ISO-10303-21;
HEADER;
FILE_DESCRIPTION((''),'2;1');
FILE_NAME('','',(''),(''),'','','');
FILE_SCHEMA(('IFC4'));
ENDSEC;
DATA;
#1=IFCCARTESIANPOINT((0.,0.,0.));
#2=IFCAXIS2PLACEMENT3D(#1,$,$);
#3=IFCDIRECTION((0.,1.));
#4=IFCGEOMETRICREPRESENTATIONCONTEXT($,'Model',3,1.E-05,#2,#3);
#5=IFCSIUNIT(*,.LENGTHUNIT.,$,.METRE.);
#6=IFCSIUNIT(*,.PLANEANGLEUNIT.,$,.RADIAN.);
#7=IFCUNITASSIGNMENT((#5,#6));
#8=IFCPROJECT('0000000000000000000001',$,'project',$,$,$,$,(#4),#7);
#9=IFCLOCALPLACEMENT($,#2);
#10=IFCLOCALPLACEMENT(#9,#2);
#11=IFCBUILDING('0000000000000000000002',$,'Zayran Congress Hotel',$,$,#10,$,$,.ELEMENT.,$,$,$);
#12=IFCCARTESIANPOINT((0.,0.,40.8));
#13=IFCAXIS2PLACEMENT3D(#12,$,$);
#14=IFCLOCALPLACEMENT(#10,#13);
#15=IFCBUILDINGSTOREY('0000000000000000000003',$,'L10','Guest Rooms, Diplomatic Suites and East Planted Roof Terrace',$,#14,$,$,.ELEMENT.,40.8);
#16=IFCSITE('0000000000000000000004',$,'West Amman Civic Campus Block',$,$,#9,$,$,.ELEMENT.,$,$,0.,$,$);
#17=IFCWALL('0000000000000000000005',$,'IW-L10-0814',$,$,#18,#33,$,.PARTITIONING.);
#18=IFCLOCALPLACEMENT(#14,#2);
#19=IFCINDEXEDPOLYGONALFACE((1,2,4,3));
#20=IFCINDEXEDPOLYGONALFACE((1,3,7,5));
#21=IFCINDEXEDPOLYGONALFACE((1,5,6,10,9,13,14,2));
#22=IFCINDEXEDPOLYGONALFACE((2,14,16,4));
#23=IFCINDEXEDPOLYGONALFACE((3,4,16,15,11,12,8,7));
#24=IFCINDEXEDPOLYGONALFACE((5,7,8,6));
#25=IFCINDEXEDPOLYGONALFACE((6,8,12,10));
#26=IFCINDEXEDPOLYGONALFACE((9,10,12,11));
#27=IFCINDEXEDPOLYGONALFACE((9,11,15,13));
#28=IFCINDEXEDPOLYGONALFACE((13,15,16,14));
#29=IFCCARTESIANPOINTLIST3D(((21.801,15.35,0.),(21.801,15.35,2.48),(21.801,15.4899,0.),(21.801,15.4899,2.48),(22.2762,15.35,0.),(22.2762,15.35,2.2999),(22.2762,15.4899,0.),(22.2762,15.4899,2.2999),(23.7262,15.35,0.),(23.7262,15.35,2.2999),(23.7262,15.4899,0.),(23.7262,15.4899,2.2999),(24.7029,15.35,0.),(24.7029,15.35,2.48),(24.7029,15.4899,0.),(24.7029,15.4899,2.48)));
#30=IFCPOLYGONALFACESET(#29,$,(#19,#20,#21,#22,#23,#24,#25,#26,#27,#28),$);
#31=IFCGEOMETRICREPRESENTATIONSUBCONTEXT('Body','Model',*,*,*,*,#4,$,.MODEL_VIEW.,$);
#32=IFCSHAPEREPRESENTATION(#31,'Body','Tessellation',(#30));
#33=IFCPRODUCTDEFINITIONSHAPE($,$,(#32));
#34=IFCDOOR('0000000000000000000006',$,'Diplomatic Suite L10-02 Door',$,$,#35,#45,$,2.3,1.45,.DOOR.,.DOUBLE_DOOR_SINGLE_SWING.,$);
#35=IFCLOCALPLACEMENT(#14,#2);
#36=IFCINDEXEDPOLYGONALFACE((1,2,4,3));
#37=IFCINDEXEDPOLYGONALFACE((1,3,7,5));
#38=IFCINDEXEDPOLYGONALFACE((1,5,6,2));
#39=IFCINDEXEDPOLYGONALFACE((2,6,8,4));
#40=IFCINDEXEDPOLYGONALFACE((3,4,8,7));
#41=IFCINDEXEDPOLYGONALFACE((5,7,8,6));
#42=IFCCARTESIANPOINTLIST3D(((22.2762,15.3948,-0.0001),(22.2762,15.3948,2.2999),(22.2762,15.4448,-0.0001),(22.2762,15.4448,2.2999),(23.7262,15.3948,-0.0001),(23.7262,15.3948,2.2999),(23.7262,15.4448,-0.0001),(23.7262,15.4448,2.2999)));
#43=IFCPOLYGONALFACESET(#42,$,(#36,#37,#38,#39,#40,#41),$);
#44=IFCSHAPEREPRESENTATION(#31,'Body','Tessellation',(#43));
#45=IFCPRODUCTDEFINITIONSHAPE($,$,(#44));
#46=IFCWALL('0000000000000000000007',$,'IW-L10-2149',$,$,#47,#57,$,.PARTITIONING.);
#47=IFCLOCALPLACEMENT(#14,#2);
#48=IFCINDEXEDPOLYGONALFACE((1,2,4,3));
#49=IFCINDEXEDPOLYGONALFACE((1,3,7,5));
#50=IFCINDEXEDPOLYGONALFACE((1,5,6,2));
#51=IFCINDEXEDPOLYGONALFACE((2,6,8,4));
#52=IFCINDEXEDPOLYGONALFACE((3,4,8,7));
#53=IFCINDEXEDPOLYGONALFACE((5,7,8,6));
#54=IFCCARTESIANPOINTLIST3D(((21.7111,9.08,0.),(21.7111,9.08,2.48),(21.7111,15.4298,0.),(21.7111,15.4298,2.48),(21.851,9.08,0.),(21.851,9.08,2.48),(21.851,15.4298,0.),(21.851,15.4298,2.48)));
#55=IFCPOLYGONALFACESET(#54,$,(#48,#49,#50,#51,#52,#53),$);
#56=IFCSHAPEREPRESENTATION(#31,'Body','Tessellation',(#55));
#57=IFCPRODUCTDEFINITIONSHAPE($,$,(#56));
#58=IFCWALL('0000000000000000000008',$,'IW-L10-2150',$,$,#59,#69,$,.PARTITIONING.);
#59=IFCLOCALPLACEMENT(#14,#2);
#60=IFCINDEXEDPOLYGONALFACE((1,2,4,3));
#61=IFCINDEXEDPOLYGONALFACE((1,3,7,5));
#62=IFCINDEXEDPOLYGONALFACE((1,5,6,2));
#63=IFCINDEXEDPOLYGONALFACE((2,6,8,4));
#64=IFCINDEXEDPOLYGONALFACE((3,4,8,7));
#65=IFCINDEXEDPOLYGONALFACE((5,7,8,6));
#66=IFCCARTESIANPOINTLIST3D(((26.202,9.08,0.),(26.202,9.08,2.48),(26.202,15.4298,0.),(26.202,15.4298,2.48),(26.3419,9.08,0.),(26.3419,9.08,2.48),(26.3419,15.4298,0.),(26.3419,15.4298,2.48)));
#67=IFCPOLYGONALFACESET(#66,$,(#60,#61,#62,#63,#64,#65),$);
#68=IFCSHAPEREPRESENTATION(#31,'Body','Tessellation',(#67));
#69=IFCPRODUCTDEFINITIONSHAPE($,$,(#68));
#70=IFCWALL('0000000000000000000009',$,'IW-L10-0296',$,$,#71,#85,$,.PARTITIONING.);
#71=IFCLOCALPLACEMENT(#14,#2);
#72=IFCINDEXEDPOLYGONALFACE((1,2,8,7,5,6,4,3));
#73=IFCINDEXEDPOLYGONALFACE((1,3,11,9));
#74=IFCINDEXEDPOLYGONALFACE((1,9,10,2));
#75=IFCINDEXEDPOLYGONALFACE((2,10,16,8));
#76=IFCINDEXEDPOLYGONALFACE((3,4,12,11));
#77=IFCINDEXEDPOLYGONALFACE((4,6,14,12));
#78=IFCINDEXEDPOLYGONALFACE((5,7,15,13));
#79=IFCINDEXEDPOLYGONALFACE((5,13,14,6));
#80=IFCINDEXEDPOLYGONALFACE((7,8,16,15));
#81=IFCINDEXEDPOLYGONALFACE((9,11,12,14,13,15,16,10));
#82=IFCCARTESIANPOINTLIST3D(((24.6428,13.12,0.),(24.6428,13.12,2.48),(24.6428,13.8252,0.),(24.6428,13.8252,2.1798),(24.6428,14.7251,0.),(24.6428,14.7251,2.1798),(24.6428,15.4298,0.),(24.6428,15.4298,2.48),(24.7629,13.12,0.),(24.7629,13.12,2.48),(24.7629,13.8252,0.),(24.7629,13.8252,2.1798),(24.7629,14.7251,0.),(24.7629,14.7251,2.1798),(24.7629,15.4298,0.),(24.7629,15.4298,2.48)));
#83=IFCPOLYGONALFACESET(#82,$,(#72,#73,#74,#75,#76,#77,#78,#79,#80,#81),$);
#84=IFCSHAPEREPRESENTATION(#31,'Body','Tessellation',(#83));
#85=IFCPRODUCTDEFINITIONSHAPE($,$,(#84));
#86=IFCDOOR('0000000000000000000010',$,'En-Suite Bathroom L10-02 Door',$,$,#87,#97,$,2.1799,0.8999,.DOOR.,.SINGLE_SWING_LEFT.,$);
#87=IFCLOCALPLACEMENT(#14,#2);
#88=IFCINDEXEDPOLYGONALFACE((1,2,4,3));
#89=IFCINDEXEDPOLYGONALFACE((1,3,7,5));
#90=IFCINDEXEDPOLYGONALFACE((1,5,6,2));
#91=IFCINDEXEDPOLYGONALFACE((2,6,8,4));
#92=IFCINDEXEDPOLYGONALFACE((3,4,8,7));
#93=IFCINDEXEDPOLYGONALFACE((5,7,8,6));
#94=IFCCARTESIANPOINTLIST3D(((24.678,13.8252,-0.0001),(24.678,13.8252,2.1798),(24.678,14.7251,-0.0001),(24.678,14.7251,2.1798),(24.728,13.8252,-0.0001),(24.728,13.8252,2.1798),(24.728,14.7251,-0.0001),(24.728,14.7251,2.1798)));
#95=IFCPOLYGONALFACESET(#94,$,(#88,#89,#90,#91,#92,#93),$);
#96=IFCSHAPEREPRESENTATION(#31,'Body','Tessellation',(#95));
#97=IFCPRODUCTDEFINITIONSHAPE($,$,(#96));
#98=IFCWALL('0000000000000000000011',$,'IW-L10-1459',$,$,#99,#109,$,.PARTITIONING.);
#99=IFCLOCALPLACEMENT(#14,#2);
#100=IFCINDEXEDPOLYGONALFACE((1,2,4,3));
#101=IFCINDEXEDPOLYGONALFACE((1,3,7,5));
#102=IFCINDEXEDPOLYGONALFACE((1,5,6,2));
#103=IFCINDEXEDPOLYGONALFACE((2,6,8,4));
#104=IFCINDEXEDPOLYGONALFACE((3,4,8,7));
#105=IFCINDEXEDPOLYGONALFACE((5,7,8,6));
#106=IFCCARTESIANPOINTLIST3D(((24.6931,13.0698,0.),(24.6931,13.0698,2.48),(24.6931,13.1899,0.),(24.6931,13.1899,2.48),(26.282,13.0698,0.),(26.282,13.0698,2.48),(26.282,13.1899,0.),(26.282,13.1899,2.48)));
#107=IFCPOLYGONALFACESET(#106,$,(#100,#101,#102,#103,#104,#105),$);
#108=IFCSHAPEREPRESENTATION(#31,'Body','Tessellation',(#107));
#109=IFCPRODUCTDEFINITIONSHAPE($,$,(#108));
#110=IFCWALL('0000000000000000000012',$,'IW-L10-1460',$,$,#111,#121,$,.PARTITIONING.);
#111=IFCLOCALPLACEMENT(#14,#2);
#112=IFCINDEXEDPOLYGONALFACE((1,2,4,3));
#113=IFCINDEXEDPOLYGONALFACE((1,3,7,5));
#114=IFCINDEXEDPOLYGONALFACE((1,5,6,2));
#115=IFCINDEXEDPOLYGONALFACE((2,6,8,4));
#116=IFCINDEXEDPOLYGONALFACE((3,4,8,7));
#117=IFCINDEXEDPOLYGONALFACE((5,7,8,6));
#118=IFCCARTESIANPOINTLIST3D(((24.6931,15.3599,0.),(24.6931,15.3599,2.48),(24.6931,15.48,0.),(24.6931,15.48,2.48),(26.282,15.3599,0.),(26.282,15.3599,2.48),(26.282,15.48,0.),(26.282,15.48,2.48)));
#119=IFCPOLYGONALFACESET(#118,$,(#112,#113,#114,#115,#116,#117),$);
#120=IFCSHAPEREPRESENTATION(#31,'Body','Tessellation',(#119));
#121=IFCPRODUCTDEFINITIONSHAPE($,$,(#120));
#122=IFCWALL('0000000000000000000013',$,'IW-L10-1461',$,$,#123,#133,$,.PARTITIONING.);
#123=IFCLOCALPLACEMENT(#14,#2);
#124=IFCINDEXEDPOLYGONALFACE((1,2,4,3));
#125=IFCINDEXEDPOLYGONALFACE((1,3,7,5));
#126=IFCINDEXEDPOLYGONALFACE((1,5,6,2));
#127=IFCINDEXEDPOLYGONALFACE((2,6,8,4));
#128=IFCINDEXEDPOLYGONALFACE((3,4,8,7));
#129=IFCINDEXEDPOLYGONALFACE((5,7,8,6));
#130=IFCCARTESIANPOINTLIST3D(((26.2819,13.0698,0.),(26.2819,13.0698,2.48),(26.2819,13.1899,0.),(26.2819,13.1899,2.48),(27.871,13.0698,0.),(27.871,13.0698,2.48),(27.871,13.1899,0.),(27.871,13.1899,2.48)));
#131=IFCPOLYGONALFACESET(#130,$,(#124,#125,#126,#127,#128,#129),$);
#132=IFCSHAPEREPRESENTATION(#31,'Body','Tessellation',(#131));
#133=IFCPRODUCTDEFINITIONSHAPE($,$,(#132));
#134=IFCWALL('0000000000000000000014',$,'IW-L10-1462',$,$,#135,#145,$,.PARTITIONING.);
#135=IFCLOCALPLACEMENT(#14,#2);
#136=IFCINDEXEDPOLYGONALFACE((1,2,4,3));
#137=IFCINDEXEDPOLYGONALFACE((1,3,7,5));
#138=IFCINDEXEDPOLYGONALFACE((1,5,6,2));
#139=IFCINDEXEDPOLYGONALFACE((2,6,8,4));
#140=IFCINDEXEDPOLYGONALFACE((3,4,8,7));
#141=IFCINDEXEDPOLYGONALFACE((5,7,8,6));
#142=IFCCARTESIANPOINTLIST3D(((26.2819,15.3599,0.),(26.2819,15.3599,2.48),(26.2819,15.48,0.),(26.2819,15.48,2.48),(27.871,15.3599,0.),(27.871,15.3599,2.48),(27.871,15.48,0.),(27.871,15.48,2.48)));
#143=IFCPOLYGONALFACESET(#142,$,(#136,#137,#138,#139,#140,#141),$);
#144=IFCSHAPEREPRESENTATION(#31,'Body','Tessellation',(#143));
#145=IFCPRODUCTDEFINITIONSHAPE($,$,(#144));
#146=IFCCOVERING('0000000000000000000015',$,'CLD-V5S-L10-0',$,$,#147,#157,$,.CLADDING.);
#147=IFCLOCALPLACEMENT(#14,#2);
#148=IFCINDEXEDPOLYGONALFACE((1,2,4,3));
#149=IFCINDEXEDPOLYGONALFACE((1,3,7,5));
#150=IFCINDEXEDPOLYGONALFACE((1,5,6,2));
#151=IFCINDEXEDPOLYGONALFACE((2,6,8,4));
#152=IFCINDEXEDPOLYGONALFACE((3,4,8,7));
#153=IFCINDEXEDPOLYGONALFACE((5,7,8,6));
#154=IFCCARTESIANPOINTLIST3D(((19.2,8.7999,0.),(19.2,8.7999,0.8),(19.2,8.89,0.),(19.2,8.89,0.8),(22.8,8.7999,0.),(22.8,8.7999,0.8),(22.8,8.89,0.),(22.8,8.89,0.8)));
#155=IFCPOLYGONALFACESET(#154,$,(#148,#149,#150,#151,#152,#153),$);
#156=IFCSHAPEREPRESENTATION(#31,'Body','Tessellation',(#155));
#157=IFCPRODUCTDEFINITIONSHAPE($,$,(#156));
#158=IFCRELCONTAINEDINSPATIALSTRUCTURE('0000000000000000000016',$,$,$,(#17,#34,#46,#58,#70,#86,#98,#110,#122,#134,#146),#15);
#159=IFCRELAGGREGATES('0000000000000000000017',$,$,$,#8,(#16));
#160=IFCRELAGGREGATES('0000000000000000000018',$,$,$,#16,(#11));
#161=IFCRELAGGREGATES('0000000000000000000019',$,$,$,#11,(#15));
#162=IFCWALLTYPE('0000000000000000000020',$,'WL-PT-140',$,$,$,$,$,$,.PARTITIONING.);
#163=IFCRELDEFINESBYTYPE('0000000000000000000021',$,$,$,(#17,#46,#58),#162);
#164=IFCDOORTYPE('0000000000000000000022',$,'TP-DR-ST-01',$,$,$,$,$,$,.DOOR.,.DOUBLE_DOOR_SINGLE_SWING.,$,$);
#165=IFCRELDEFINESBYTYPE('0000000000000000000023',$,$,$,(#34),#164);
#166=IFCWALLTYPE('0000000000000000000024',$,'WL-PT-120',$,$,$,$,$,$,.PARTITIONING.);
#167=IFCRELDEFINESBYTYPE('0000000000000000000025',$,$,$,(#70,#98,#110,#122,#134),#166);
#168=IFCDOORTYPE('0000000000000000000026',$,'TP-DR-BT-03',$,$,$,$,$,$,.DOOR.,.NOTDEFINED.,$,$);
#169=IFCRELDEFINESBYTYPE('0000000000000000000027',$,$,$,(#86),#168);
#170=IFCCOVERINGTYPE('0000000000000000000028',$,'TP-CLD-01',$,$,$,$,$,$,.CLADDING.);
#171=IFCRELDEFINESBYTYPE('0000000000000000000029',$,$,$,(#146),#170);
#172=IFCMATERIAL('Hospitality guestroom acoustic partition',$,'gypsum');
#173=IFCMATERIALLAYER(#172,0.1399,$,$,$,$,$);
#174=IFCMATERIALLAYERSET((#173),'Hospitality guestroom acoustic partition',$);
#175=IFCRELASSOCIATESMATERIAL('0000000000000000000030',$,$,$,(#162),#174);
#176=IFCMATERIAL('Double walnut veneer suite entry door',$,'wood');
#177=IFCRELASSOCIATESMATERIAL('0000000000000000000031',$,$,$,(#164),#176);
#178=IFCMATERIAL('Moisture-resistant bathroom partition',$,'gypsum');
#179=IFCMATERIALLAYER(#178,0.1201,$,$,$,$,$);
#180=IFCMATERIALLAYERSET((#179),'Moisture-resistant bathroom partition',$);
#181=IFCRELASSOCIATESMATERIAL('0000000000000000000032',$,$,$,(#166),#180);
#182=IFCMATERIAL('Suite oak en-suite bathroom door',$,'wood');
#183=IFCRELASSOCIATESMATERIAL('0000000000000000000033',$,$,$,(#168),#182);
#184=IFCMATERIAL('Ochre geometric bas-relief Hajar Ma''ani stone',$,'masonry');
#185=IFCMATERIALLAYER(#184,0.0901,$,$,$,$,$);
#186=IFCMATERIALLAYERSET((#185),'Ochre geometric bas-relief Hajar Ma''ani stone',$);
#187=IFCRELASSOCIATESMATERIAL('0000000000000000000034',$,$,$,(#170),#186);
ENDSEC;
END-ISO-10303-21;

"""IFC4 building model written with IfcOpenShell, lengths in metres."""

from ifc_helpers import new_model, si_unit, direction, frame, frame_2d, origin, origin_2d, place, context, subcontext, project, spatial, rectangle, extrude, material, layer, layer_set, type_object, element, fill, save


model = new_model("IFC4")

# Units and contexts
model_context = context("Model", 3, precision=1e-05, world=origin(), true_north=direction((0.0, 1.0)))
body_context = subcontext(model_context, "Body", "Model", "MODEL_VIEW")
ifc_project = project(units=[si_unit("LENGTHUNIT", "METRE"), si_unit("PLANEANGLEUNIT", "RADIAN")], contexts=[model_context])

# Site, building, storey
site_placement = place(None, origin())
site = spatial("IfcSite", under=ifc_project, at=site_placement, Name="West Amman Civic Campus Block", CompositionType="ELEMENT", RefElevation=0.0)
building_placement = place(site_placement, origin())
building = spatial("IfcBuilding", under=site, at=building_placement, Name="Zayran Congress Hotel", CompositionType="ELEMENT")
storey_placement = place(building_placement, frame((0.0, 0.0, 40.8)))
storey = spatial("IfcBuildingStorey", under=building, at=storey_placement, Name="L10", Description="Guest Rooms, Diplomatic Suites and East Planted Roof Terrace", CompositionType="ELEMENT", Elevation=40.8)

# Shared definitions
ifc_material_1 = material(Name="Hospitality guestroom acoustic partition", Category="gypsum")
ifc_layer_1 = layer(ifc_material_1, 0.1399)
ifc_layer_set_1 = layer_set([ifc_layer_1], Name="Hospitality guestroom acoustic partition")
wall_type_1 = type_object("IfcWallType", Name="WL-PT-140", PredefinedType="PARTITIONING", material=ifc_layer_set_1)

# Wall, opening, door
wall_1_placement = place(storey_placement, frame((21.801, 15.4199, 0.0), z_axis=(0.0, 0.0, 1.0), x_axis=(1.0, 0.0, 0.0)))
wall_1 = element("IfcWall", 1, at=wall_1_placement, inside=storey, type_object=wall_type_1, Name="IW-L10-0814", PredefinedType="PARTITIONING", context=body_context, shape_type="SweptSolid", body=[
    extrude(rectangle(XDim=2.9019, YDim=0.1399, at=frame_2d((1.4509, 0.0))), origin(), (0.0, 0.0, 1.0), 2.48),
])
opening_1_placement = place(wall_1_placement, frame((0.4751, 0.0, 0.0)))
opening_1 = element("IfcOpeningElement", 2, at=opening_1_placement, cuts=wall_1, PredefinedType="OPENING", context=body_context, shape_type="SweptSolid", body=[
    extrude(rectangle(XDim=1.45, YDim=2.3, at=frame_2d((0.7251, 1.1499))), frame((0.0, 0.0798, 0.0), z_axis=(0.0, -1.0, 0.0), x_axis=(1.0, 0.0, 0.0)), (0.0, 0.0, 1.0), 0.1599),
])
ifc_material_2 = material(Name="Double walnut veneer suite entry door", Category="wood")
door_type_1 = type_object("IfcDoorType", Name="TP-DR-ST-01", OperationType="DOUBLE_DOOR_SINGLE_SWING", PredefinedType="DOOR", material=ifc_material_2)
door_1_placement = place(opening_1_placement, origin())
door_1 = element("IfcDoor", 3, at=door_1_placement, inside=storey, type_object=door_type_1, Name="Diplomatic Suite L10-02 Door", OperationType="DOUBLE_DOOR_SINGLE_SWING", OverallHeight=2.3, OverallWidth=1.45, PredefinedType="DOOR", context=body_context, shape_type="SweptSolid", body=[
    extrude(rectangle(XDim=1.45, YDim=2.3, at=frame_2d((0.7251, 1.1499))), frame((0.0, 0.0249, 0.0), z_axis=(0.0, -1.0, 0.0), x_axis=(1.0, 0.0, 0.0)), (0.0, 0.0, 1.0), 0.05),
])
fill(opening_1, door_1)

# Walls
for number, where, z_axis, x_axis, name in (
    (4, (21.781, 9.0801, 0.0), (0.0, 0.0, 1.0), (0.0, 1.0, 0.0), "IW-L10-2149"),
    (5, (26.272, 9.0801, 0.0), (0.0, 0.0, 1.0), (0.0, 1.0, 0.0), "IW-L10-2150"),
):
    element("IfcWall", number, at=place(storey_placement, frame(where, z_axis=z_axis, x_axis=x_axis)), inside=storey, type_object=wall_type_1, Name=name, PredefinedType="PARTITIONING", context=body_context, shape_type="SweptSolid", body=[
        extrude(rectangle(XDim=6.3499, YDim=0.1399, at=frame_2d((3.1748, 0.0))), origin(), (0.0, 0.0, 1.0), 2.48),
    ])

# Wall, opening, door
ifc_material_3 = material(Name="Moisture-resistant bathroom partition", Category="gypsum")
ifc_layer_2 = layer(ifc_material_3, 0.1201)
ifc_layer_set_2 = layer_set([ifc_layer_2], Name="Moisture-resistant bathroom partition")
wall_type_2 = type_object("IfcWallType", Name="WL-PT-120", PredefinedType="PARTITIONING", material=ifc_layer_set_2)
wall_2_placement = place(storey_placement, frame((24.7029, 13.1201, 0.0), z_axis=(0.0, 0.0, 1.0), x_axis=(0.0, 1.0, 0.0)))
wall_2 = element("IfcWall", 6, at=wall_2_placement, inside=storey, type_object=wall_type_2, Name="IW-L10-0296", PredefinedType="PARTITIONING", context=body_context, shape_type="SweptSolid", body=[
    extrude(rectangle(XDim=2.3098, YDim=0.1201, at=frame_2d((1.1548, 0.0))), origin(), (0.0, 0.0, 1.0), 2.48),
])
opening_2_placement = place(wall_2_placement, frame((0.7051, 0.0, 0.0)))
opening_2 = element("IfcOpeningElement", 7, at=opening_2_placement, cuts=wall_2, PredefinedType="OPENING", context=body_context, shape_type="SweptSolid", body=[
    extrude(rectangle(XDim=0.8999, YDim=2.1799, at=frame_2d((0.45, 1.0898))), frame((0.0, 0.0701, 0.0), z_axis=(0.0, -1.0, 0.0), x_axis=(1.0, 0.0, 0.0)), (0.0, 0.0, 1.0), 0.1401),
])
ifc_material_4 = material(Name="Suite oak en-suite bathroom door", Category="wood")
door_type_2 = type_object("IfcDoorType", Name="TP-DR-BT-03", OperationType="NOTDEFINED", PredefinedType="DOOR", material=ifc_material_4)
door_2_placement = place(opening_2_placement, origin())
door_2 = element("IfcDoor", 8, at=door_2_placement, inside=storey, type_object=door_type_2, Name="En-Suite Bathroom L10-02 Door", OperationType="SINGLE_SWING_LEFT", OverallHeight=2.1799, OverallWidth=0.8999, PredefinedType="DOOR", context=body_context, shape_type="SweptSolid", body=[
    extrude(rectangle(XDim=0.8999, YDim=2.1799, at=frame_2d((0.45, 1.0898))), frame((0.0, 0.0249, 0.0), z_axis=(0.0, -1.0, 0.0), x_axis=(1.0, 0.0, 0.0)), (0.0, 0.0, 1.0), 0.05),
])
fill(opening_2, door_2)

# Walls
for number, where, z_axis, x_axis, name in (
    (9, (24.6931, 13.1299, 0.0), (0.0, 0.0, 1.0), (1.0, 0.0, 0.0), "IW-L10-1459"),
    (10, (24.6931, 15.4199, 0.0), (0.0, 0.0, 1.0), (1.0, 0.0, 0.0), "IW-L10-1460"),
):
    element("IfcWall", number, at=place(storey_placement, frame(where, z_axis=z_axis, x_axis=x_axis)), inside=storey, type_object=wall_type_2, Name=name, PredefinedType="PARTITIONING", context=body_context, shape_type="SweptSolid", body=[
        extrude(rectangle(XDim=1.5889, YDim=0.1201, at=frame_2d((0.7944, 0.0))), origin(), (0.0, 0.0, 1.0), 2.48),
    ])
for number, where, z_axis, x_axis, name in (
    (11, (26.282, 13.1299, 0.0), (0.0, 0.0, 1.0), (1.0, 0.0, 0.0), "IW-L10-1461"),
    (12, (26.282, 15.4199, 0.0), (0.0, 0.0, 1.0), (1.0, 0.0, 0.0), "IW-L10-1462"),
):
    element("IfcWall", number, at=place(storey_placement, frame(where, z_axis=z_axis, x_axis=x_axis)), inside=storey, type_object=wall_type_2, Name=name, PredefinedType="PARTITIONING", context=body_context, shape_type="SweptSolid", body=[
        extrude(rectangle(XDim=1.5891, YDim=0.1201, at=frame_2d((0.7944, 0.0))), origin(), (0.0, 0.0, 1.0), 2.48),
    ])

# Covering
ifc_material_5 = material(Name="Ochre geometric bas-relief Hajar Ma'ani stone", Category="masonry")
ifc_layer_3 = layer(ifc_material_5, 0.0901)
ifc_layer_set_3 = layer_set([ifc_layer_3], Name="Ochre geometric bas-relief Hajar Ma'ani stone")
covering_type = type_object("IfcCoveringType", Name="TP-CLD-01", PredefinedType="CLADDING", material=ifc_layer_set_3)
covering_placement = place(storey_placement, frame((21.0, 8.845, 0.0), z_axis=(0.0, 0.0, 1.0), x_axis=(1.0, 0.0, 0.0)))
element("IfcCovering", 13, at=covering_placement, inside=storey, type_object=covering_type, Name="CLD-V5S-L10-0", PredefinedType="CLADDING", context=body_context, shape_type="SweptSolid", body=[
    extrude(rectangle(XDim=3.6001, YDim=0.0901, at=origin_2d()), origin(), (0.0, 0.0, 1.0), 0.8),
])

save(model, "model.ifc")
